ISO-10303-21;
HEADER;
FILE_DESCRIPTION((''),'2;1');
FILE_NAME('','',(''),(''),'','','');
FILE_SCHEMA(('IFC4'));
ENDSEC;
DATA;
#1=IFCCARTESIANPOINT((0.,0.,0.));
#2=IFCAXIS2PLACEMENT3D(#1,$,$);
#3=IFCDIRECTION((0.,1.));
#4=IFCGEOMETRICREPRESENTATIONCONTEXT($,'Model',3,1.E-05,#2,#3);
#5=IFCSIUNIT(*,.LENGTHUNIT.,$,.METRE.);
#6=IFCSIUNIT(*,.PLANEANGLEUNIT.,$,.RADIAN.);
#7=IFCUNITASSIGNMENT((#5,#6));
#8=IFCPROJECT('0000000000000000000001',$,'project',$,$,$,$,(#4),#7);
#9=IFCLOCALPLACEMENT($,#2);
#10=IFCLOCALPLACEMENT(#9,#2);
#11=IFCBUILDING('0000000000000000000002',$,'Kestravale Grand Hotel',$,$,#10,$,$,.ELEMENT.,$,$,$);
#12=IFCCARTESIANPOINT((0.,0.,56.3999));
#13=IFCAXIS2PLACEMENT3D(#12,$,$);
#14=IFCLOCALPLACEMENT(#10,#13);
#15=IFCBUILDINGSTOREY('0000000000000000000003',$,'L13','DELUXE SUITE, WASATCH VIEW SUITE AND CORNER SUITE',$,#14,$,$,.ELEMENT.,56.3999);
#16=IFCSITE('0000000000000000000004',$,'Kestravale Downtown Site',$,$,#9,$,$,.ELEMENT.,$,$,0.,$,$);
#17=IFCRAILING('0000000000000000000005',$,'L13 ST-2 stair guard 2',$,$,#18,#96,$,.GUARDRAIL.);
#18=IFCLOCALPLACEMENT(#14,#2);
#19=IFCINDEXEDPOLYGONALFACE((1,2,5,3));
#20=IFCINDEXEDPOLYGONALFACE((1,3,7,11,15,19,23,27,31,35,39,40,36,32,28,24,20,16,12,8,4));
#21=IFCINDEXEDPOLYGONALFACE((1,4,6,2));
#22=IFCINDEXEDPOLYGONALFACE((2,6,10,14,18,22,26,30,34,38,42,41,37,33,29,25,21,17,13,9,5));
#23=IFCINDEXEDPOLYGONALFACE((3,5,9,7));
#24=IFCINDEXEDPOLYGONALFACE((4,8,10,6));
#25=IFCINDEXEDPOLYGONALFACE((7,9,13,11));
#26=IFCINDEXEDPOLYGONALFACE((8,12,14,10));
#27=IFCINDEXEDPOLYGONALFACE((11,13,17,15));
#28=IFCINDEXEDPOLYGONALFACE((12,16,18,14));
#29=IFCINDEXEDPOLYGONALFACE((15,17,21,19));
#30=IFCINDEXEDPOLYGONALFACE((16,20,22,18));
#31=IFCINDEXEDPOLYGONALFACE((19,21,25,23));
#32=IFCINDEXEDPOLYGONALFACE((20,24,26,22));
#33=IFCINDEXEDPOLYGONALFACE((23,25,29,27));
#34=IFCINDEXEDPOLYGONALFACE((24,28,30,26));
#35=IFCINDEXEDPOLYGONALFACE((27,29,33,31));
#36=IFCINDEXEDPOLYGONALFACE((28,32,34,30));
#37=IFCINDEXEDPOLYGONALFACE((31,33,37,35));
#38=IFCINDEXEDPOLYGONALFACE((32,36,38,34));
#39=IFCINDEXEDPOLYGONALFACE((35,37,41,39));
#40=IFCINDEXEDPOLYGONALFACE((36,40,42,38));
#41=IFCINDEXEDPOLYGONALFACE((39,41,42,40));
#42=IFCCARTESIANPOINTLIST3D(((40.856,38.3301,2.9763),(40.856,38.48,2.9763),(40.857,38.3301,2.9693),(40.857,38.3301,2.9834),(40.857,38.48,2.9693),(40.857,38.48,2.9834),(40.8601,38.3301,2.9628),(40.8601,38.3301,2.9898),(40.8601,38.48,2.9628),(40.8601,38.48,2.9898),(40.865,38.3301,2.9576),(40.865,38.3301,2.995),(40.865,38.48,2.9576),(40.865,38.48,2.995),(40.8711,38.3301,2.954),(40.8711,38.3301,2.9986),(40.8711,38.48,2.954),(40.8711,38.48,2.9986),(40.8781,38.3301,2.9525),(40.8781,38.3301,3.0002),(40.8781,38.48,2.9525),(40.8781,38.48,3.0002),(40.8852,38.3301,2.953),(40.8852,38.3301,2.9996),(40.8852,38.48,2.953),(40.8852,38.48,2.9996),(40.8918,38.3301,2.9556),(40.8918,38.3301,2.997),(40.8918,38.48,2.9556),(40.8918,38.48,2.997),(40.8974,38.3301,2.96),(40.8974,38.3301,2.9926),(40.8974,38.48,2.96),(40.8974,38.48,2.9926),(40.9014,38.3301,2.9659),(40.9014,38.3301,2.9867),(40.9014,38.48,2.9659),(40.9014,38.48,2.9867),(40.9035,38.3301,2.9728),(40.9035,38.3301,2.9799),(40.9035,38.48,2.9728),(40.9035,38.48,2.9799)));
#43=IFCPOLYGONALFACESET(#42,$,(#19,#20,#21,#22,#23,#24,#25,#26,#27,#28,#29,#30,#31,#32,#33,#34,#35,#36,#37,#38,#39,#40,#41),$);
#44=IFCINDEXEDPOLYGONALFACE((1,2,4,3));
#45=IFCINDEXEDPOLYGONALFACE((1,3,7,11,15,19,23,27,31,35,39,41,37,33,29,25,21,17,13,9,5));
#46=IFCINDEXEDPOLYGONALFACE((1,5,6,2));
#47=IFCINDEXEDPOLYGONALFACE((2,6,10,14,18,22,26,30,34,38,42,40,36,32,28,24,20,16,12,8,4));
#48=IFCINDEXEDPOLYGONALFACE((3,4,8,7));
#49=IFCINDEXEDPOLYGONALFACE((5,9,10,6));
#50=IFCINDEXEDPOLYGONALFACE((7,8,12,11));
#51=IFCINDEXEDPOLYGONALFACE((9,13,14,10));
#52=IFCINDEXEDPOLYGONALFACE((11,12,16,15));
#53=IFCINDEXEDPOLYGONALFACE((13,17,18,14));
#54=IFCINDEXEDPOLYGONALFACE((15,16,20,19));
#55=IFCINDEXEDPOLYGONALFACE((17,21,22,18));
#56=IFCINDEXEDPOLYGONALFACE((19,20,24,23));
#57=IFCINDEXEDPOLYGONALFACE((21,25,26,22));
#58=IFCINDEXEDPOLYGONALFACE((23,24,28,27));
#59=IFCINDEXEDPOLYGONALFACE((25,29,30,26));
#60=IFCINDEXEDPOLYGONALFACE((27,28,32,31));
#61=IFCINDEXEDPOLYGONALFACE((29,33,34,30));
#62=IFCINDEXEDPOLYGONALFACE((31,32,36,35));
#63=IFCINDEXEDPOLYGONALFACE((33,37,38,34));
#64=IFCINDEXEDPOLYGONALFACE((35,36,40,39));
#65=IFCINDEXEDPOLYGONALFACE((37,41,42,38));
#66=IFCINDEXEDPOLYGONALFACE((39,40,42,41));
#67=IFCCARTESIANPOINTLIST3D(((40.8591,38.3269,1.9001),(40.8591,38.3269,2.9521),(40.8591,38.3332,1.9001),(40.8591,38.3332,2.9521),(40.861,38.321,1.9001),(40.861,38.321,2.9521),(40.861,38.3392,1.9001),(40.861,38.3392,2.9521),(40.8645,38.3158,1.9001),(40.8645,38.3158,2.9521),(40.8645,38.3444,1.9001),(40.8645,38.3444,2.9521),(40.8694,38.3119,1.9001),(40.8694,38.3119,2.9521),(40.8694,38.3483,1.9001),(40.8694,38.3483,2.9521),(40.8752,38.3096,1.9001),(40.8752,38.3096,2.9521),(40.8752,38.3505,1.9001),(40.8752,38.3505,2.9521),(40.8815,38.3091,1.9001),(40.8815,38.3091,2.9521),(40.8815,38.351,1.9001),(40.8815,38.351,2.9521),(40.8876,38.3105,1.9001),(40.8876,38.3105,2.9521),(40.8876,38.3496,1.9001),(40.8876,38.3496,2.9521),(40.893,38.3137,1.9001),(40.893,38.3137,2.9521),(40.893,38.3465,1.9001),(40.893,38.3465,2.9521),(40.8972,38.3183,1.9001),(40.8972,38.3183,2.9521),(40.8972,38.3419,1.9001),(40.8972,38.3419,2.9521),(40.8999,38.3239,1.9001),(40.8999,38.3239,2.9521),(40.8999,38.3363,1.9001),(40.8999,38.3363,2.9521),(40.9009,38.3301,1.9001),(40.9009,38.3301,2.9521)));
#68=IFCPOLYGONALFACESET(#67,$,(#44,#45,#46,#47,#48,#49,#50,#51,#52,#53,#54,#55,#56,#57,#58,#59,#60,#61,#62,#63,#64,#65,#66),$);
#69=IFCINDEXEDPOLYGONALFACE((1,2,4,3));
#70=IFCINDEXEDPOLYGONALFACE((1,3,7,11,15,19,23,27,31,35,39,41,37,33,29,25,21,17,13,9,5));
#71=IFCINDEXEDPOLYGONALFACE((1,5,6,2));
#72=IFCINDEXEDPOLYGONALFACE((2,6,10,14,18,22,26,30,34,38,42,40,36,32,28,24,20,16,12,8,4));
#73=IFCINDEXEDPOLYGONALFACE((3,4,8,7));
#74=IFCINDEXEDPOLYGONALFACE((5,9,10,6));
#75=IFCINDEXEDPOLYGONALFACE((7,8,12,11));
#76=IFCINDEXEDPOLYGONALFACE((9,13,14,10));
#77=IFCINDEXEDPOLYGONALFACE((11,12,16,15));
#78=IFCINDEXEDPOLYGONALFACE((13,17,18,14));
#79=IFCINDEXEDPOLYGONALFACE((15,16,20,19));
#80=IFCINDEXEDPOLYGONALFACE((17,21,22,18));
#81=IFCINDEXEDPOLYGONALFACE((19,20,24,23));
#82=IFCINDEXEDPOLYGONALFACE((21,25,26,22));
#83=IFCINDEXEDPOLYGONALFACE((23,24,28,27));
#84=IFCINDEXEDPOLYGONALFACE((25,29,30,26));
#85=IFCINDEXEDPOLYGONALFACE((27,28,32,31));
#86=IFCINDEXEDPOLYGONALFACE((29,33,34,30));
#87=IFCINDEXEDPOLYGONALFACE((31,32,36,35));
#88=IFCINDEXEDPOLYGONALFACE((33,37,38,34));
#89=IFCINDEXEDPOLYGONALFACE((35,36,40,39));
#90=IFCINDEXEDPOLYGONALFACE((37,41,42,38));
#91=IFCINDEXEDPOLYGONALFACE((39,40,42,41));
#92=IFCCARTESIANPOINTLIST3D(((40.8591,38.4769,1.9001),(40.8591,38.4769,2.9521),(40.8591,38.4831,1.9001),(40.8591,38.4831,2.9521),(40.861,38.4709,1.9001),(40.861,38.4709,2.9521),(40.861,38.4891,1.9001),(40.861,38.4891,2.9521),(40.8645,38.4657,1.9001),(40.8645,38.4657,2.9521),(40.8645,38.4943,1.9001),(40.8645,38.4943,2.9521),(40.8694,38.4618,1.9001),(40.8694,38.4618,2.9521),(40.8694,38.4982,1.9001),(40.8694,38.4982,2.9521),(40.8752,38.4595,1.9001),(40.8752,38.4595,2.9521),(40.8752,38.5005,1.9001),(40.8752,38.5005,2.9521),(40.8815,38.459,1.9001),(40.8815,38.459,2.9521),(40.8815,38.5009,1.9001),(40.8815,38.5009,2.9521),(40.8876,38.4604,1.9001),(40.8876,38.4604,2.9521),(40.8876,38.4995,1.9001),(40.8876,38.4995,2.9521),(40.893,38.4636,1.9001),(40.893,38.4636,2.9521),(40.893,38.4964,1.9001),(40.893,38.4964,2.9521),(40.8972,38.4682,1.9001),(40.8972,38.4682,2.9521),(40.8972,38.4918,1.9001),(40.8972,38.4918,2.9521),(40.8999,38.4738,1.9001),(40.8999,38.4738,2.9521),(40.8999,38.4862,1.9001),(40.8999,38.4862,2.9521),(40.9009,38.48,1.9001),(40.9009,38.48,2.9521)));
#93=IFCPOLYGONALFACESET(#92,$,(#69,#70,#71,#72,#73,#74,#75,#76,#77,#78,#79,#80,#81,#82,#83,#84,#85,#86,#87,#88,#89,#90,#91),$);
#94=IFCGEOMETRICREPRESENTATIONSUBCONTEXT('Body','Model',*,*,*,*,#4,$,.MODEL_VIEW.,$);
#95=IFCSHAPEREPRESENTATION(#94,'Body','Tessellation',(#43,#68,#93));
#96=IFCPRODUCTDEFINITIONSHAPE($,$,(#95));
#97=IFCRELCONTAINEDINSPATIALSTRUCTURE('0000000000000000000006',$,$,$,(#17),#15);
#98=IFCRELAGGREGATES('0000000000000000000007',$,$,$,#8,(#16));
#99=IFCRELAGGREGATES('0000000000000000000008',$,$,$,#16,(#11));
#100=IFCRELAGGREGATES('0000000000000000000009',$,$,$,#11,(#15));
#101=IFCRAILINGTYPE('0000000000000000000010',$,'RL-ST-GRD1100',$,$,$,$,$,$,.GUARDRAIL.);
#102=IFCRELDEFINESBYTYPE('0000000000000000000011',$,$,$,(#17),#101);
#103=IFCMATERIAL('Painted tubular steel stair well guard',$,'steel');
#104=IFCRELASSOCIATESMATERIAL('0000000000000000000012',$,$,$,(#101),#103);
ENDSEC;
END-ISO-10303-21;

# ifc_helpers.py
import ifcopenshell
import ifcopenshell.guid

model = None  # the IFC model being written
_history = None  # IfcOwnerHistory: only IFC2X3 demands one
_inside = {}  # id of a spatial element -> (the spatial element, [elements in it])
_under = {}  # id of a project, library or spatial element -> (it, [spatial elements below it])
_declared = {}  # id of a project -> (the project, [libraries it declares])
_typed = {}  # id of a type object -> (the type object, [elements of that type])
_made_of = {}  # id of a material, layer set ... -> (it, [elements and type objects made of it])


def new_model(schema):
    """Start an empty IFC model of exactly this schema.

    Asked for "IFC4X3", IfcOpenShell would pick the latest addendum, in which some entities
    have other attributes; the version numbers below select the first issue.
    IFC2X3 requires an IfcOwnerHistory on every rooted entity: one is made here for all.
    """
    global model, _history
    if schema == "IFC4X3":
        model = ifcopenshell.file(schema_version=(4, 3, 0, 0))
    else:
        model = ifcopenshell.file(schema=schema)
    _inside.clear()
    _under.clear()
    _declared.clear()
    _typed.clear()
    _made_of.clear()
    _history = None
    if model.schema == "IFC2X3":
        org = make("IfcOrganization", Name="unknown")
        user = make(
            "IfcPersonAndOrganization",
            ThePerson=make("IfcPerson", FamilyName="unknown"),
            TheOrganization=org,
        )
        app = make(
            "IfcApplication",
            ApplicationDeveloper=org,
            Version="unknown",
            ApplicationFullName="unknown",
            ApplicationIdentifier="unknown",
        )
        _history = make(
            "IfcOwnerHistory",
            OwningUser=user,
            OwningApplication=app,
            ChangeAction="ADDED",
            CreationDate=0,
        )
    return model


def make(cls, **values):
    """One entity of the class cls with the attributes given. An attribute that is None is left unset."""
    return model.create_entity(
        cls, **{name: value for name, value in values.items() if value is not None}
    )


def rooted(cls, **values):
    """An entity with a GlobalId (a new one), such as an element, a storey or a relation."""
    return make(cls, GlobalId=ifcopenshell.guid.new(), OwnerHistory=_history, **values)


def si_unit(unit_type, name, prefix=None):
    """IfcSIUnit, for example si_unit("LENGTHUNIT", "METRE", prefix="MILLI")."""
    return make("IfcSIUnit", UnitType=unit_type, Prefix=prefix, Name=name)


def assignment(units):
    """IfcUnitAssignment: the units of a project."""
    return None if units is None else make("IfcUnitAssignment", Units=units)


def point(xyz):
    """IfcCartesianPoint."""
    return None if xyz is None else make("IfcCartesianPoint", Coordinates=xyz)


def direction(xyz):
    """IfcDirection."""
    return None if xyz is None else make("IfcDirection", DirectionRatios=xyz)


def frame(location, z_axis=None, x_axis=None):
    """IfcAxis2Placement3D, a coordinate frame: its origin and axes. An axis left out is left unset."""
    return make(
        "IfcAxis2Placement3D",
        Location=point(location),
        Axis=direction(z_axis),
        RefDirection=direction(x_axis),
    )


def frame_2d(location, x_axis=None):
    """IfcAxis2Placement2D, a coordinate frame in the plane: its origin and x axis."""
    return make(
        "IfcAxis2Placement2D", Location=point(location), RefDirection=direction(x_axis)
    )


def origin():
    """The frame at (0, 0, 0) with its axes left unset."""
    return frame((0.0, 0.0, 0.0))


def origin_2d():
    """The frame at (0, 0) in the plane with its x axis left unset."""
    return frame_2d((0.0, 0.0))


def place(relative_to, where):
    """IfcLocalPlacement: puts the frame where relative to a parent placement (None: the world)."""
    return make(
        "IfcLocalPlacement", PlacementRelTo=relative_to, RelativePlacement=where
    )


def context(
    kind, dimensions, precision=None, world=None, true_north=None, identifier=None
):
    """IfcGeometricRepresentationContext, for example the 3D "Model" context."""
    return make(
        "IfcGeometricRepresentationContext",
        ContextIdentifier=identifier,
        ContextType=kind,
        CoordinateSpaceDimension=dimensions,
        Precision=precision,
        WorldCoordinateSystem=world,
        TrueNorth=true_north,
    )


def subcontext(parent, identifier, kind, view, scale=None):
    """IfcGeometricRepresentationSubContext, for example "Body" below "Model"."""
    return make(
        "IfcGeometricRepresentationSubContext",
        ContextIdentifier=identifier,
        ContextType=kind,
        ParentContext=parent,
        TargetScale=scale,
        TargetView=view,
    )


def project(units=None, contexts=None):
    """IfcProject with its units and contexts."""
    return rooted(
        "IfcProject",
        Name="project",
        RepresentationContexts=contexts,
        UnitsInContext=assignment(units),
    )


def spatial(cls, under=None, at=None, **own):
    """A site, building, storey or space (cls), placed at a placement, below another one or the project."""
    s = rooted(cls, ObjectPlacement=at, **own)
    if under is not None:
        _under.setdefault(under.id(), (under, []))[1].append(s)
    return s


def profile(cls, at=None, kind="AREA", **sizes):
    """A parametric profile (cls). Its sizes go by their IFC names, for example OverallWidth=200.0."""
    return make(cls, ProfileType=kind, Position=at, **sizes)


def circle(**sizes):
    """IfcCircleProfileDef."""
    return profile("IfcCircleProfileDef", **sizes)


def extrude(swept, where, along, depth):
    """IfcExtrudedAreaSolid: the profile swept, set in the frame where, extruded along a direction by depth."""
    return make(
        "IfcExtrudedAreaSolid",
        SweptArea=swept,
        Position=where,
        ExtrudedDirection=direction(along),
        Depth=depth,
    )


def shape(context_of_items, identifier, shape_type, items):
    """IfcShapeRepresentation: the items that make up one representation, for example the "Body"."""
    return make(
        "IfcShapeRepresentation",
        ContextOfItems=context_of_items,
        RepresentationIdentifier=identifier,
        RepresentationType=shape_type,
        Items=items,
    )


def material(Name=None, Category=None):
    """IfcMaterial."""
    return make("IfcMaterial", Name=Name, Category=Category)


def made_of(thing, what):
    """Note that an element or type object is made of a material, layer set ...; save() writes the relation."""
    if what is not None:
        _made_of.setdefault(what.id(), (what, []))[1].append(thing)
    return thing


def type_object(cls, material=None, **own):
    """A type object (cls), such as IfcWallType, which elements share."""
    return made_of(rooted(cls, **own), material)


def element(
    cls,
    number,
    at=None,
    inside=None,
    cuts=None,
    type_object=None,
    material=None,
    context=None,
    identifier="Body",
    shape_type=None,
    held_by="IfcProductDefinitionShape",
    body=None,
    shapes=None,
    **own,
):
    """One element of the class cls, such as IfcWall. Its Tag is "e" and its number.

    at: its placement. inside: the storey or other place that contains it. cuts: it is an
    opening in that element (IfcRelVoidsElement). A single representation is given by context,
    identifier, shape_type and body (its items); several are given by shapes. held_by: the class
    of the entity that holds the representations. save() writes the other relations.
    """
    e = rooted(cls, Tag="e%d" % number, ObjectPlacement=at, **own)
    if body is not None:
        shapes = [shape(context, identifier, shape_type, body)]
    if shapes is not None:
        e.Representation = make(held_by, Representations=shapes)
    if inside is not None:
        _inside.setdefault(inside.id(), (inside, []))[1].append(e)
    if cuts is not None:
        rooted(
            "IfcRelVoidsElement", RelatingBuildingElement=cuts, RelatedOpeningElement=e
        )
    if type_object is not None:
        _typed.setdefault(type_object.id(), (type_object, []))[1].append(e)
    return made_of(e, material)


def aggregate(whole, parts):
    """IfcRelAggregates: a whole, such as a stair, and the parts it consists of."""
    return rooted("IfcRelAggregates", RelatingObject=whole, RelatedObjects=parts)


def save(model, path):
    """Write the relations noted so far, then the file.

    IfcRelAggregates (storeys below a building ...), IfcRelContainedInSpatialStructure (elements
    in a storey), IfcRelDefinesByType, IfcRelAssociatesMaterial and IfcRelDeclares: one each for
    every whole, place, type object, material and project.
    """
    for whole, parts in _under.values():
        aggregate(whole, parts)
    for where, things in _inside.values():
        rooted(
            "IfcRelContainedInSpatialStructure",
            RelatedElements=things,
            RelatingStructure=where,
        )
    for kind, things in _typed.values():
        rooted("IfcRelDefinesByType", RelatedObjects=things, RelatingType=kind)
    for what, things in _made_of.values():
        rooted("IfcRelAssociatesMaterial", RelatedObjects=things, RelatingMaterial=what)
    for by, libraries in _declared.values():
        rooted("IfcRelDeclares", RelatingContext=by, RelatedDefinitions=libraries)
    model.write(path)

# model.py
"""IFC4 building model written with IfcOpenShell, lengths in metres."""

from ifc_helpers import new_model, si_unit, direction, frame, origin, origin_2d, place, context, subcontext, project, spatial, circle, extrude, material, type_object, element, save


model = new_model("IFC4")

# Units and contexts
model_context = context("Model", 3, precision=1e-05, world=origin(), true_north=direction((0.0, 1.0)))
body_context = subcontext(model_context, "Body", "Model", "MODEL_VIEW")
ifc_project = project(units=[si_unit("LENGTHUNIT", "METRE"), si_unit("PLANEANGLEUNIT", "RADIAN")], contexts=[model_context])

# Site, building, storey
site_placement = place(None, origin())
site = spatial("IfcSite", under=ifc_project, at=site_placement, Name="Kestravale Downtown Site", CompositionType="ELEMENT", RefElevation=0.0)
building_placement = place(site_placement, origin())
building = spatial("IfcBuilding", under=site, at=building_placement, Name="Kestravale Grand Hotel", CompositionType="ELEMENT")
storey_placement = place(building_placement, frame((0.0, 0.0, 56.3999)))
storey = spatial("IfcBuildingStorey", under=building, at=storey_placement, Name="L13", Description="DELUXE SUITE, WASATCH VIEW SUITE AND CORNER SUITE", CompositionType="ELEMENT", Elevation=56.3999)

# Railing
ifc_material_1 = material(Name="Painted tubular steel stair well guard", Category="steel")
railing_type_1 = type_object("IfcRailingType", Name="RL-ST-GRD1100", PredefinedType="GUARDRAIL", material=ifc_material_1)
railing_1_placement = place(storey_placement, frame((40.8799, 38.3301, 1.9001)))
element("IfcRailing", 1, at=railing_1_placement, inside=storey, type_object=railing_type_1, Name="L13 ST-2 stair guard 2", PredefinedType="GUARDRAIL", context=body_context, shape_type="SweptSolid", body=[
    extrude(circle(Radius=0.0239, at=origin_2d()), frame((0.0, 0.0, 1.0762), z_axis=(0.0, 1.0, 0.0), x_axis=(-1.0, 0.0, 0.0)), (0.0, 0.0, 1.0), 0.1499),
    extrude(circle(Radius=0.021, at=origin_2d()), origin(), (0.0, 0.0, 1.0), 1.052),
    extrude(circle(Radius=0.021, at=origin_2d()), frame((0.0, 0.1499, 0.0)), (0.0, 0.0, 1.0), 1.052),
])

save(model, "model.ifc")
